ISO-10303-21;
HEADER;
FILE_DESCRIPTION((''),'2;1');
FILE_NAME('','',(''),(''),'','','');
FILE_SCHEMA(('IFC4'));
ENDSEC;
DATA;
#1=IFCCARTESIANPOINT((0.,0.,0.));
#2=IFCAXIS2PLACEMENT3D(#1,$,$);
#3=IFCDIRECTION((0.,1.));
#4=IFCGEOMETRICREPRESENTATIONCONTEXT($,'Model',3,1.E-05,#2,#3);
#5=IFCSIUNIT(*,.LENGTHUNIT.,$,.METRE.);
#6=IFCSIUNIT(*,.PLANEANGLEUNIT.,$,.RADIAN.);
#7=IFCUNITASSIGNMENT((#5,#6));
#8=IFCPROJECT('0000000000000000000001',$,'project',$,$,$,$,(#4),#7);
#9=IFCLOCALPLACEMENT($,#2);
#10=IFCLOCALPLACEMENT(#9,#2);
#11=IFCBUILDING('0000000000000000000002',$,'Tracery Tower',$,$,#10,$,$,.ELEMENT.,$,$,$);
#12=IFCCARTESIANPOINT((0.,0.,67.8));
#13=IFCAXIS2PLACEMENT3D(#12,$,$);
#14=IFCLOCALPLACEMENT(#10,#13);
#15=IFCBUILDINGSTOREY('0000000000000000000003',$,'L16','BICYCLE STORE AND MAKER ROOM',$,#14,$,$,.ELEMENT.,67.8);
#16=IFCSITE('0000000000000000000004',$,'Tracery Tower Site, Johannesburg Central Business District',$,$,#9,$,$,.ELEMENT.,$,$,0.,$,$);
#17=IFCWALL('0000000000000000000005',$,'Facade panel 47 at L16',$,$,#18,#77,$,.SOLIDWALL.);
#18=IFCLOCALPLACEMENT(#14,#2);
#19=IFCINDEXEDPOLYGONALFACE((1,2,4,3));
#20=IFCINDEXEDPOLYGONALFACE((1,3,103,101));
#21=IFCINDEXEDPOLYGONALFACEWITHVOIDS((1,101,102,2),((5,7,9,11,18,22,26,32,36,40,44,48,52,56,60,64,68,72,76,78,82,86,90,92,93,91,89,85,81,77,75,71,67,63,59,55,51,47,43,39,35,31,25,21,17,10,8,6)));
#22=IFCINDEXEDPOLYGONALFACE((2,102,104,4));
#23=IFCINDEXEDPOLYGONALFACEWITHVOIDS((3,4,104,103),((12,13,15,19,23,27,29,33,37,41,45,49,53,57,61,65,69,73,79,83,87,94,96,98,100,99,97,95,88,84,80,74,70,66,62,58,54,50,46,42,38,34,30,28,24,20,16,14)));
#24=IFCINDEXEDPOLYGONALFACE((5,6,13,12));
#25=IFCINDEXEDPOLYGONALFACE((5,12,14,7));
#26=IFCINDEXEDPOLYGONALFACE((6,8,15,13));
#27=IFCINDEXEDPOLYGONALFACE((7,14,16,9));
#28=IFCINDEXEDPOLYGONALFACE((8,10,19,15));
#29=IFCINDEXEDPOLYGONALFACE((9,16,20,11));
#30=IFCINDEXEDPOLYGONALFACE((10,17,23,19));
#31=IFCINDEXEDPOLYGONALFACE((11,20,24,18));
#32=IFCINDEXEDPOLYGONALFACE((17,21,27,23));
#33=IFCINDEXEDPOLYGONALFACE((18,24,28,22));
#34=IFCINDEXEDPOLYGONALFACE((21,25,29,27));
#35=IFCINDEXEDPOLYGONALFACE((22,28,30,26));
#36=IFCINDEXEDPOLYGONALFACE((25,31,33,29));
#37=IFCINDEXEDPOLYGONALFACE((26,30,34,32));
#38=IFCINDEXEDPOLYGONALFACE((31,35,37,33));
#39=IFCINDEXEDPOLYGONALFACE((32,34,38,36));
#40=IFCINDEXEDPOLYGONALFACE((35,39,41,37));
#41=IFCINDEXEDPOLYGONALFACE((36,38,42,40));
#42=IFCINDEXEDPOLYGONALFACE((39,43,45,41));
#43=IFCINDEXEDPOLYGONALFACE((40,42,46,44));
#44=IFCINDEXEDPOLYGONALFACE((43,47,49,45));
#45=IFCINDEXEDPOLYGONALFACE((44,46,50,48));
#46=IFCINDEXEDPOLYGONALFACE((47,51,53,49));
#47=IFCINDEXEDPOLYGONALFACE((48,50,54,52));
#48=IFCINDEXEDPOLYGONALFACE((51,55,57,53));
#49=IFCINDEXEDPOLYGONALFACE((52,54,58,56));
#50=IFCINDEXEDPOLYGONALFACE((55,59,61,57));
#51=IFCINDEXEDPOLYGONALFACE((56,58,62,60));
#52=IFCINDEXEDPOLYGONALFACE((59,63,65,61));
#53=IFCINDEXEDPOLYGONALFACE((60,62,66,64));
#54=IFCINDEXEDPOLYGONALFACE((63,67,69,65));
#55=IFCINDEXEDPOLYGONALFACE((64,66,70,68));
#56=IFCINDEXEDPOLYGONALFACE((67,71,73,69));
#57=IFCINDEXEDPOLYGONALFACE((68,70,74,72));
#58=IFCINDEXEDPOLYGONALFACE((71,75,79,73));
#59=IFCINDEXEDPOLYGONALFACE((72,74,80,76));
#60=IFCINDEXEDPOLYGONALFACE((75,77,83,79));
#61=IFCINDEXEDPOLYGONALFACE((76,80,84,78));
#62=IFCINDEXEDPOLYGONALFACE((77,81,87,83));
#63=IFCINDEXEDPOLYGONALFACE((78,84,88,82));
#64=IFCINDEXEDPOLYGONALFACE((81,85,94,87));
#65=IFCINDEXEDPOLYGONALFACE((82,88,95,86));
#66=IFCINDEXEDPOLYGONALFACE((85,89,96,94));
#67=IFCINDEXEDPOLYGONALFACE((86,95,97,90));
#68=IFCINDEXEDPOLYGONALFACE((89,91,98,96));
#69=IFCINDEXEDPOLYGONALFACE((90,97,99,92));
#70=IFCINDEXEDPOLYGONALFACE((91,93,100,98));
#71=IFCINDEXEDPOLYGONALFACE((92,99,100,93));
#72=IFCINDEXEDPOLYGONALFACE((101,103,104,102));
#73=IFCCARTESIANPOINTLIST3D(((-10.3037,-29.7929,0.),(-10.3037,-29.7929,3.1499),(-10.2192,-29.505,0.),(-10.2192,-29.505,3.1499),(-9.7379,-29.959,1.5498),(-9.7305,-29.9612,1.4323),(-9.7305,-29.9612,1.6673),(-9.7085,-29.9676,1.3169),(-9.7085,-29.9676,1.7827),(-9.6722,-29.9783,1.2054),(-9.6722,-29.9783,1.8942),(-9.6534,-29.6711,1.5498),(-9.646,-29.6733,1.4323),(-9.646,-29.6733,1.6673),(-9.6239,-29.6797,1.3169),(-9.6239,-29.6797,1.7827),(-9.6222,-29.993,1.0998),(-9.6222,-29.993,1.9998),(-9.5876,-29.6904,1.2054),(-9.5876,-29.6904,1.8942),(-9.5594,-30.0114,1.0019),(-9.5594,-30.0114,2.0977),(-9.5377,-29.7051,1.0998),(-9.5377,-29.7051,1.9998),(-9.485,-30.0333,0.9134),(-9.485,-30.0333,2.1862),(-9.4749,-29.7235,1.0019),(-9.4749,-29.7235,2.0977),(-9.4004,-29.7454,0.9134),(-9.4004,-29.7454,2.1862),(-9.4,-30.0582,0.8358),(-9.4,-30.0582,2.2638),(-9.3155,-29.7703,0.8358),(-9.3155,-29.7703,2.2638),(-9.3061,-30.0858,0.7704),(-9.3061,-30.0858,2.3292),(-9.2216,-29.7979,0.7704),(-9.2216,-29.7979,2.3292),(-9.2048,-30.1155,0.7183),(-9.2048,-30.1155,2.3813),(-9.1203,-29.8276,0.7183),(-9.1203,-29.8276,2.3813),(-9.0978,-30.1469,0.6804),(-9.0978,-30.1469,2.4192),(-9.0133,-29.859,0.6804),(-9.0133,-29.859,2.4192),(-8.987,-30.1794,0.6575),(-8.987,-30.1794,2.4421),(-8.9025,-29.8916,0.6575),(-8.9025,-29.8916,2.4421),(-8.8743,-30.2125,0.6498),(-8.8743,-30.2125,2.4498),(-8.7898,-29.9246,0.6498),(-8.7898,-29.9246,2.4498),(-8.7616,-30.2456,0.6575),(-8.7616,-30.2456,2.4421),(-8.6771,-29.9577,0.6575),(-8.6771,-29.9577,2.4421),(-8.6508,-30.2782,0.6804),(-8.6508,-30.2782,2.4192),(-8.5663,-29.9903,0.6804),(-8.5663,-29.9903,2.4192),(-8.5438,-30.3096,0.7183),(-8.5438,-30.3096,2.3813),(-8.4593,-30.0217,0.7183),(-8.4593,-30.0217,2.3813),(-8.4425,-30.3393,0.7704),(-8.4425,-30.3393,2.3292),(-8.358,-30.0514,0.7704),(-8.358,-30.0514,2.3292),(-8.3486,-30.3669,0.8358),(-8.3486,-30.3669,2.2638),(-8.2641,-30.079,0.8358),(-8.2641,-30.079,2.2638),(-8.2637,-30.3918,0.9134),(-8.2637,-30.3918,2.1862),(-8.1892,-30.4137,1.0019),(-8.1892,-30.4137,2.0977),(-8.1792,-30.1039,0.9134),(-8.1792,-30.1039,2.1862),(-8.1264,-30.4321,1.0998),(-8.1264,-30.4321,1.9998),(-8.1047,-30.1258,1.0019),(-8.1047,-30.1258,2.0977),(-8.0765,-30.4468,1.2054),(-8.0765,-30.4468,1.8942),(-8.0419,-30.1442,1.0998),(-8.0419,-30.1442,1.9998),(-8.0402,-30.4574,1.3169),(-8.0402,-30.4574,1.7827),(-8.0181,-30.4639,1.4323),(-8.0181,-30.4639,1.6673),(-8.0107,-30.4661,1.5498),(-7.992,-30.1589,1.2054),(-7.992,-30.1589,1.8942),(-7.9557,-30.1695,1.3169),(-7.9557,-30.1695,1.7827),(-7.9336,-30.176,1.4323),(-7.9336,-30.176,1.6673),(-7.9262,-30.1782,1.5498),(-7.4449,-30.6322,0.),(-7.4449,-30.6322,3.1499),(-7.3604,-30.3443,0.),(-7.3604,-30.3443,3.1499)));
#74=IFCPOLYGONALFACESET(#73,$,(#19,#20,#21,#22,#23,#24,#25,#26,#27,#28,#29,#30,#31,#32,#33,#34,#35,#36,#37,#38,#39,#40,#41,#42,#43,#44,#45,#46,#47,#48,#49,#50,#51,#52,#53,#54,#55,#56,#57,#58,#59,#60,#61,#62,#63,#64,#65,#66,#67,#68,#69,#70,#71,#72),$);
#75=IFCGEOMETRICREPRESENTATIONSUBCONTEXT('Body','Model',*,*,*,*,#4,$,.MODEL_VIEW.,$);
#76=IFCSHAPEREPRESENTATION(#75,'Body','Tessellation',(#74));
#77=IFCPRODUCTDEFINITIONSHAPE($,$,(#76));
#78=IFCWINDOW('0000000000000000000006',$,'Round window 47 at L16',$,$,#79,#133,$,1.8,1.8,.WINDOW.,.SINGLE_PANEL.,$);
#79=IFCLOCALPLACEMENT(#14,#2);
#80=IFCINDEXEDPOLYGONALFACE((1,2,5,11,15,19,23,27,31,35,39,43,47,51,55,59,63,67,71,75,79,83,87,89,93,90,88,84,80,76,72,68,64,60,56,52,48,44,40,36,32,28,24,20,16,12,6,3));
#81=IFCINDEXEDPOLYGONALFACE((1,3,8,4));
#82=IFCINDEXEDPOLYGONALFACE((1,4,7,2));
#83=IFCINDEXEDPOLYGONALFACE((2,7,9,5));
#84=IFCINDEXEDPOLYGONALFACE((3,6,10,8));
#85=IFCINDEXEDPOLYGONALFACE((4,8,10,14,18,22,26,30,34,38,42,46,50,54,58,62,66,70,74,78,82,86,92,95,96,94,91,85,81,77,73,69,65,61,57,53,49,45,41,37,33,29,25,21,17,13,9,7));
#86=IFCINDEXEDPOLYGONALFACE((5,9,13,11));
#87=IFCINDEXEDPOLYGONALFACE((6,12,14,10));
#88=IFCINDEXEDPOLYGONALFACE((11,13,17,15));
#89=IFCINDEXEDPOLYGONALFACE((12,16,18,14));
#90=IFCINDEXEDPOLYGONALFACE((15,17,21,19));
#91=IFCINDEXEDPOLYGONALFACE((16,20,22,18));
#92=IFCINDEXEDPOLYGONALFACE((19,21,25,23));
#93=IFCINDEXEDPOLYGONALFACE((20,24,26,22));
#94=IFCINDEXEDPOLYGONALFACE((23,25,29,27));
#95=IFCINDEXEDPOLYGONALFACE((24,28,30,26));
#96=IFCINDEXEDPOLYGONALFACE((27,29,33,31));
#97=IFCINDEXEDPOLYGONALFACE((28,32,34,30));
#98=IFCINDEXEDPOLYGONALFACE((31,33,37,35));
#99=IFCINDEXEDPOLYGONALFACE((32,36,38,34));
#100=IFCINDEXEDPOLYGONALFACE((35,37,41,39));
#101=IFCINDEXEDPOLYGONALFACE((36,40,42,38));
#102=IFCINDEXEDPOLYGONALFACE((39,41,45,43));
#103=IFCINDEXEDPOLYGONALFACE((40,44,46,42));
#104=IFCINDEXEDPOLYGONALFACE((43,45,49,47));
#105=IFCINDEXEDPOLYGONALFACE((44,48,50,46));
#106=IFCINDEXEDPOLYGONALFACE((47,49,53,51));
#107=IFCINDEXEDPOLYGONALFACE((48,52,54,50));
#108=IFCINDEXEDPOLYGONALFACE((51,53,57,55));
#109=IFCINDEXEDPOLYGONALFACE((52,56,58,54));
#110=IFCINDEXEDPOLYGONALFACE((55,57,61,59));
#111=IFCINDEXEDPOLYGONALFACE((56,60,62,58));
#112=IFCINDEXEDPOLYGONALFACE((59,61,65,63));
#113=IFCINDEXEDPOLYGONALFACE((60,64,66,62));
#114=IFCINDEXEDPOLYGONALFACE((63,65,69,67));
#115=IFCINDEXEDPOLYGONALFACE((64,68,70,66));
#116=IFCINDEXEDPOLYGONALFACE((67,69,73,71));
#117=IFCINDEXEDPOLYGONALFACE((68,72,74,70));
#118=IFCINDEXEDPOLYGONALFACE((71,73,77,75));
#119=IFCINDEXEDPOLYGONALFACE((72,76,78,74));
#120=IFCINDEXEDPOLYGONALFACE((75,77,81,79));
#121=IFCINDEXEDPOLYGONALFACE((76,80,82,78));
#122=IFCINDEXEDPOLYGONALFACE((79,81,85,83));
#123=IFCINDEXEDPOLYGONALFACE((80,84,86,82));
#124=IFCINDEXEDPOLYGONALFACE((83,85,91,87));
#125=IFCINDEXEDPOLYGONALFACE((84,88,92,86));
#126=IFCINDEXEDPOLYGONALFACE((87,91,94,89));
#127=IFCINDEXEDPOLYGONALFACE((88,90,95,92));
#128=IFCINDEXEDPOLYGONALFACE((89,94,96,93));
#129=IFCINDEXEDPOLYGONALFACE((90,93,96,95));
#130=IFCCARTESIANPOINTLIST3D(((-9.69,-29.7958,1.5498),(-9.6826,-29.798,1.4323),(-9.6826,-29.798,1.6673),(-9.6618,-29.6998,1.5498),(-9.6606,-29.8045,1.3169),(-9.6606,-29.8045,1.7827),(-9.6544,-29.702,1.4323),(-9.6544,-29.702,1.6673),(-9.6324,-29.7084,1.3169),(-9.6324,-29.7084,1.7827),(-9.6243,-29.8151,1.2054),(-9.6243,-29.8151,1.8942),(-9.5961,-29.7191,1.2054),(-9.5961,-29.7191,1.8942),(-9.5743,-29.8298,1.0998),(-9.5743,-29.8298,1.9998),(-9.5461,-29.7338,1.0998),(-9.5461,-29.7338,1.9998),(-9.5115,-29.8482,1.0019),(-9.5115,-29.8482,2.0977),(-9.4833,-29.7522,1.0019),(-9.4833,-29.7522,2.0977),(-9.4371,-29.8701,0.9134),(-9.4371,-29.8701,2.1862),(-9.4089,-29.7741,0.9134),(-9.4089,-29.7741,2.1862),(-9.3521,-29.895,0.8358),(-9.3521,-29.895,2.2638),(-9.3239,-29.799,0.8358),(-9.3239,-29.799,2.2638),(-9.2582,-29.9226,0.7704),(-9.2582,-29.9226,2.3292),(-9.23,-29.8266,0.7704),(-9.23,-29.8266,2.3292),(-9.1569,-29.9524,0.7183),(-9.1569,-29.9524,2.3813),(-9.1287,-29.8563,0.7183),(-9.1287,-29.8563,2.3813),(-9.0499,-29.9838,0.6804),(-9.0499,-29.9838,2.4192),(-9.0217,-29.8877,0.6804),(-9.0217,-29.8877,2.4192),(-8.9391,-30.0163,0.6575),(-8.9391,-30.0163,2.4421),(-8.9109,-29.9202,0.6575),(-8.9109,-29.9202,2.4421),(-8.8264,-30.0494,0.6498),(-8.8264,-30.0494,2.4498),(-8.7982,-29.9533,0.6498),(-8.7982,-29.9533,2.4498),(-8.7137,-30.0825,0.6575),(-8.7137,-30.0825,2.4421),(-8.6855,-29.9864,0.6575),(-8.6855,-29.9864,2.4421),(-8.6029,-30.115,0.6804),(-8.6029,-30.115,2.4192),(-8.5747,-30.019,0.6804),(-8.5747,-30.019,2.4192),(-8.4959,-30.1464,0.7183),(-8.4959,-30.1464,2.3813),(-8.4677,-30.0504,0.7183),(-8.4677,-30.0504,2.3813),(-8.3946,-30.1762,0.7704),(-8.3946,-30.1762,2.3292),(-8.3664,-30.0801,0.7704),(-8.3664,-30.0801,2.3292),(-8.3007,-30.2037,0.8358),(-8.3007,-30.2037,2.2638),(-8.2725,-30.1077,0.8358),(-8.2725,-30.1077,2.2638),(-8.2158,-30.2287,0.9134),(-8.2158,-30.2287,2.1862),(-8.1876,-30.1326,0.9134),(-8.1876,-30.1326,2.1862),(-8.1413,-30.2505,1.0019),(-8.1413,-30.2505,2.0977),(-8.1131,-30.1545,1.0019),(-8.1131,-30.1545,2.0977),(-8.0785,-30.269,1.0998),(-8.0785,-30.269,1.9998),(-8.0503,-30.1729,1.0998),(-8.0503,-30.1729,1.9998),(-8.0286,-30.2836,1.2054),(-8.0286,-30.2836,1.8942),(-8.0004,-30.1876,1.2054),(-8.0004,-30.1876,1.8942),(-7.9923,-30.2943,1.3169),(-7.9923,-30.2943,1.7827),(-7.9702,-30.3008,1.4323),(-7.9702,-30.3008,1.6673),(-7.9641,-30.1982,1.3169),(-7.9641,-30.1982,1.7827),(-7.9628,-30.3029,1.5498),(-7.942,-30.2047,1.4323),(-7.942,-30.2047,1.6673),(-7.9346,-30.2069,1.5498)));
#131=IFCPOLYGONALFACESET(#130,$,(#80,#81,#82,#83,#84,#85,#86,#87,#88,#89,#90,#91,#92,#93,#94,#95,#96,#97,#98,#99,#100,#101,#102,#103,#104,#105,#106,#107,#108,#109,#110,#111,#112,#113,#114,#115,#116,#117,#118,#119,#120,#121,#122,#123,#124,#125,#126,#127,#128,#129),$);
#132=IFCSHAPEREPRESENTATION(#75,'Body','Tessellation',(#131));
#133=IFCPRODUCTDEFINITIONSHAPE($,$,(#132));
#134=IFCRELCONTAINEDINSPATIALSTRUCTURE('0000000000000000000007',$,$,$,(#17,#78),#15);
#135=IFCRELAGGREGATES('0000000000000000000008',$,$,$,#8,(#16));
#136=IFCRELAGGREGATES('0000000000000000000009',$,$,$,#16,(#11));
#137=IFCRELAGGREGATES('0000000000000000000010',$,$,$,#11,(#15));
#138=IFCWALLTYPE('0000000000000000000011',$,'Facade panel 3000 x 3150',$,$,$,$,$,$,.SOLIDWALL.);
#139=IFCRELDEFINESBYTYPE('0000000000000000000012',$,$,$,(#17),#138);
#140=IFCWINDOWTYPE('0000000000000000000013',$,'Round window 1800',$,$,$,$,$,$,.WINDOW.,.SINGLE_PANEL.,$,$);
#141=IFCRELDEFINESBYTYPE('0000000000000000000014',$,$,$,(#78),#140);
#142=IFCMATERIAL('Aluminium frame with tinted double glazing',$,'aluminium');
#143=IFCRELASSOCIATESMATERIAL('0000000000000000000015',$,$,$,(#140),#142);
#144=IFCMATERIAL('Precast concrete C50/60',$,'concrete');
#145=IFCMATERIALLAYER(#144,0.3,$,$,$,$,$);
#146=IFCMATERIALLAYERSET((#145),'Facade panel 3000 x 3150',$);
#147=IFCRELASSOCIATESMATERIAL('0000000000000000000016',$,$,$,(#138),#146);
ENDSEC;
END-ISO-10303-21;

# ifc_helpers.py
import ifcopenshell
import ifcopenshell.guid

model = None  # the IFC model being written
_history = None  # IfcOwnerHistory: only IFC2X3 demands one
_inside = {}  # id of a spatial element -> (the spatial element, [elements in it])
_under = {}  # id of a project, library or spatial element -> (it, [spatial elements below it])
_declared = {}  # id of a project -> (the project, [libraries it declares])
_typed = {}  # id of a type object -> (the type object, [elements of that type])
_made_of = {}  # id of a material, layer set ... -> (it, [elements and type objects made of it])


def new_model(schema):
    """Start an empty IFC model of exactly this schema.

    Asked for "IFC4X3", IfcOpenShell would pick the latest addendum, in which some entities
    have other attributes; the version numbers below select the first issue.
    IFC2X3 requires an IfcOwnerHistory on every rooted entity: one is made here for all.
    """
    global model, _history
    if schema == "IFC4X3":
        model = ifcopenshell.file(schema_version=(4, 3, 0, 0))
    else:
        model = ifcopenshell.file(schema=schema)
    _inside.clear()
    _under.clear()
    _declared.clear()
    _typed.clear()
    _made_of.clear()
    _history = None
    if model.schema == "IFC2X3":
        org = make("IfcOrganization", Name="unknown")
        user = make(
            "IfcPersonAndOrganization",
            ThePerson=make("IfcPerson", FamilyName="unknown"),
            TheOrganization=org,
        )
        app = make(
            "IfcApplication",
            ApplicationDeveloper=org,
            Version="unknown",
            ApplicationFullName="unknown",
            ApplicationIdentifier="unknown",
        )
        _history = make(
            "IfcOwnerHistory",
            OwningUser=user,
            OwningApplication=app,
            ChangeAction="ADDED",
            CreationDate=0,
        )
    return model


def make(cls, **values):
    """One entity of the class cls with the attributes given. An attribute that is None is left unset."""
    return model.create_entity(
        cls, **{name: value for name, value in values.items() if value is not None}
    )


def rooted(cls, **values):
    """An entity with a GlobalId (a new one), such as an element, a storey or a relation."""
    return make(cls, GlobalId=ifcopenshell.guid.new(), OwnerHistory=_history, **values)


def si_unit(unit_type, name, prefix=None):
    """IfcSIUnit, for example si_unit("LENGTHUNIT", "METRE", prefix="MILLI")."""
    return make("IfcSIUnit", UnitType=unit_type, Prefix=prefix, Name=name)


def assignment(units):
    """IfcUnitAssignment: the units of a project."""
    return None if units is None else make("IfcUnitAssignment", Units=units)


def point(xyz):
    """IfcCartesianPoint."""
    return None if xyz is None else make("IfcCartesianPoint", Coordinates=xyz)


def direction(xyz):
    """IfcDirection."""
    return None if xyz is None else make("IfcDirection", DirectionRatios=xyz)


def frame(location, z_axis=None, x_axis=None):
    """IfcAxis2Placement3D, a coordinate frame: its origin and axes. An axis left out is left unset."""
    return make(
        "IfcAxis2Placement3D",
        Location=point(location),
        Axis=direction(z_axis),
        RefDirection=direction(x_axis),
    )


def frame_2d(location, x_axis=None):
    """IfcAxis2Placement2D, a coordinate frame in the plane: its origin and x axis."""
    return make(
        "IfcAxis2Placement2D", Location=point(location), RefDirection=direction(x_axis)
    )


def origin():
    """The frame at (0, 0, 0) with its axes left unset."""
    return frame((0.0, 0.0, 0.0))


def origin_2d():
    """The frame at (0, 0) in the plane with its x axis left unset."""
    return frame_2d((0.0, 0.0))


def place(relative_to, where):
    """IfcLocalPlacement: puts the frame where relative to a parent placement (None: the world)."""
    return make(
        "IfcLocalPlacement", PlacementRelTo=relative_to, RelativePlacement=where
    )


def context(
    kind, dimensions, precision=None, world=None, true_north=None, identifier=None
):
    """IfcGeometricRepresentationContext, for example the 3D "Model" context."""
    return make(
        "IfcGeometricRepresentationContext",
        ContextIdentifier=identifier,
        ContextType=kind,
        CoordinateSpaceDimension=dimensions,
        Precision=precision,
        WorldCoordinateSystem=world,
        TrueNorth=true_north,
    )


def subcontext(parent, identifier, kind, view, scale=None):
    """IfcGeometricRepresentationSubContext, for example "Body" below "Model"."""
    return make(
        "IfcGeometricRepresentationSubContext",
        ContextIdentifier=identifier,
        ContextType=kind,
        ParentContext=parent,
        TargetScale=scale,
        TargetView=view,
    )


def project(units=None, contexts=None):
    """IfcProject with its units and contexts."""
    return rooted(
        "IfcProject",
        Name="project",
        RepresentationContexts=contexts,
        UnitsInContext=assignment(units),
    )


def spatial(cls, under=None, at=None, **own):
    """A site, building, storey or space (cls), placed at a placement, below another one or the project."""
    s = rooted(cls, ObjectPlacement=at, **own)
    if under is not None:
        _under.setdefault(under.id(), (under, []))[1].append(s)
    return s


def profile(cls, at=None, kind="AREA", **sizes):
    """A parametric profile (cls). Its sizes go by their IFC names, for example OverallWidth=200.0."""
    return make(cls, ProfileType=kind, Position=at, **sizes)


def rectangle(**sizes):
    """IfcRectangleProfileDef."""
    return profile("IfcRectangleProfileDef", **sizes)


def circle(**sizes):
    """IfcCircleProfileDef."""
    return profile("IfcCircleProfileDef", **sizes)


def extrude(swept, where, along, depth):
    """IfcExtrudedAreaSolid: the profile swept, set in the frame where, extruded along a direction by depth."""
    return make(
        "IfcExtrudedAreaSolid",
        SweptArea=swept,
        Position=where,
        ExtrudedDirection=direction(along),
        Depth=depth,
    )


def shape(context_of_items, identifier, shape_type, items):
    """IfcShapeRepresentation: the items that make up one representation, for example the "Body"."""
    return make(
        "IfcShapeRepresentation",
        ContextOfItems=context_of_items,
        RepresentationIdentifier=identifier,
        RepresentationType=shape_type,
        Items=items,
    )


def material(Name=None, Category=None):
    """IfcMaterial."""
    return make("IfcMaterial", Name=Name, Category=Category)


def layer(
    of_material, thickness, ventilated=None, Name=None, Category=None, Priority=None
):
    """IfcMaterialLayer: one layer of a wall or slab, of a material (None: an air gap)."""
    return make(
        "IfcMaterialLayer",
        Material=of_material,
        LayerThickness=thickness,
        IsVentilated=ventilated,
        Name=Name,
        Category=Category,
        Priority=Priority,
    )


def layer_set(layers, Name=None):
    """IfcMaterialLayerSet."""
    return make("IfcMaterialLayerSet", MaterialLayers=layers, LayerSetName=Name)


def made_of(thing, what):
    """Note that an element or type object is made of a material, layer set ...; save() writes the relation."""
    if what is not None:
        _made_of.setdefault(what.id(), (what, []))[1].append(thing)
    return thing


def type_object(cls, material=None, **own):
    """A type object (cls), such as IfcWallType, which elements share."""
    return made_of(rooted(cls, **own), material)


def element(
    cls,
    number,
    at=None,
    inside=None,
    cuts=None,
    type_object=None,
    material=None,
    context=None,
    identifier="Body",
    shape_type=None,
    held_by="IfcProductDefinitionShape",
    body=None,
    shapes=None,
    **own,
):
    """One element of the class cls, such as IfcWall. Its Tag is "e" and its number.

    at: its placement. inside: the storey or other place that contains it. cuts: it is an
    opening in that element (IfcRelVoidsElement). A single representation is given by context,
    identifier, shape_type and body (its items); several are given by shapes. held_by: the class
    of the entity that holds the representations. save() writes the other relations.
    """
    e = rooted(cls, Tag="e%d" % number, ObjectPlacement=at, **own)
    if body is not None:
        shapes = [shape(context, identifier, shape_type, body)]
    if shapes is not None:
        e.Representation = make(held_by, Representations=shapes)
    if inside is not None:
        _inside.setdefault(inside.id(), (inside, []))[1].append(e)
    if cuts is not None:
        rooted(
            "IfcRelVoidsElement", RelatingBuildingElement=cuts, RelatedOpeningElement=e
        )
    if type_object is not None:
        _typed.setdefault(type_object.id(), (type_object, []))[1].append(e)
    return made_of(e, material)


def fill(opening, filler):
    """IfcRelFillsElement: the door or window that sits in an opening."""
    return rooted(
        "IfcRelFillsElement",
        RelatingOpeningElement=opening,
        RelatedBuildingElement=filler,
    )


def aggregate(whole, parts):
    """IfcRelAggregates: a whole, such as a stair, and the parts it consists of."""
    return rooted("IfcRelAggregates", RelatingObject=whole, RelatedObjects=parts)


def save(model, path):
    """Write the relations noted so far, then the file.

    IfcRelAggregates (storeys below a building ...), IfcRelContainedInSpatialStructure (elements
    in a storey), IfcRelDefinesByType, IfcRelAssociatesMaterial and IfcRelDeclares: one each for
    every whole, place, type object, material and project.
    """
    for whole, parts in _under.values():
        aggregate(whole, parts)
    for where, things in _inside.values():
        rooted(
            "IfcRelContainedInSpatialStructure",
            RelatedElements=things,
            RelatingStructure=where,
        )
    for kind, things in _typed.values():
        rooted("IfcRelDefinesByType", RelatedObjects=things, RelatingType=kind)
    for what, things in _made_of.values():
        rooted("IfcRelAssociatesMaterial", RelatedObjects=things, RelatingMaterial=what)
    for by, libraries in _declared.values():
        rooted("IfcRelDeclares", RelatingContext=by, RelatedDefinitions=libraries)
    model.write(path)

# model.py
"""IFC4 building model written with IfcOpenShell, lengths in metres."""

from ifc_helpers import new_model, si_unit, direction, frame, frame_2d, origin, origin_2d, place, context, subcontext, project, spatial, rectangle, circle, extrude, material, layer, layer_set, type_object, element, fill, save


model = new_model("IFC4")

# Units and contexts
model_context = context("Model", 3, precision=1e-05, world=origin(), true_north=direction((0.0, 1.0)))
body_context = subcontext(model_context, "Body", "Model", "MODEL_VIEW")
ifc_project = project(units=[si_unit("LENGTHUNIT", "METRE"), si_unit("PLANEANGLEUNIT", "RADIAN")], contexts=[model_context])

# Site, building, storey
site_placement = place(None, origin())
site = spatial("IfcSite", under=ifc_project, at=site_placement, Name="Tracery Tower Site, Johannesburg Central Business District", CompositionType="ELEMENT", RefElevation=0.0)
building_placement = place(site_placement, origin())
building = spatial("IfcBuilding", under=site, at=building_placement, Name="Tracery Tower", CompositionType="ELEMENT")
storey_placement = place(building_placement, frame((0.0, 0.0, 67.8)))
storey = spatial("IfcBuildingStorey", under=building, at=storey_placement, Name="L16", Description="BICYCLE STORE AND MAKER ROOM", CompositionType="ELEMENT", Elevation=67.8)

# Wall, opening, window
ifc_material_1 = material(Name="Aluminium frame with tinted double glazing", Category="aluminium")
window_type = type_object("IfcWindowType", Name="Round window 1800", PartitioningType="SINGLE_PANEL", PredefinedType="WINDOW", material=ifc_material_1)
ifc_material_2 = material(Name="Precast concrete C50/60", Category="concrete")
ifc_layer_1 = layer(ifc_material_2, 0.3)
ifc_layer_set_1 = layer_set([ifc_layer_1], Name="Facade panel 3000 x 3150")
wall_type_1 = type_object("IfcWallType", Name="Facade panel 3000 x 3150", PredefinedType="SOLIDWALL", material=ifc_layer_set_1)
wall_1_placement = place(storey_placement, frame((-10.2615, -29.6489, 0.0), z_axis=(0.0, 0.0, 1.0), x_axis=(0.959501, -0.281705, 0.0)))
wall_1 = element("IfcWall", 1, at=wall_1_placement, inside=storey, type_object=wall_type_1, Name="Facade panel 47 at L16", PredefinedType="SOLIDWALL", context=body_context, shape_type="SweptSolid", body=[
    extrude(rectangle(XDim=2.9795, YDim=0.3, at=frame_2d((1.4897, 0.0))), origin(), (0.0, 0.0, 1.0), 3.1499),
])
opening_1_placement = place(wall_1_placement, frame((1.4897, 0.0, 1.5498)))
opening_1 = element("IfcOpeningElement", 2, at=opening_1_placement, cuts=wall_1, PredefinedType="OPENING", context=body_context, shape_type="SweptSolid", body=[
    extrude(circle(Radius=0.9, at=origin_2d()), frame((0.0, 0.1599, 0.0), z_axis=(0.0, -1.0, 0.0), x_axis=(1.0, 0.0, 0.0)), (0.0, 0.0, 1.0), 0.3201),
])
window_1_placement = place(opening_1_placement, origin())
window_1 = element("IfcWindow", 3, at=window_1_placement, inside=storey, type_object=window_type, Name="Round window 47 at L16", OverallHeight=1.8, OverallWidth=1.8, PartitioningType="SINGLE_PANEL", PredefinedType="WINDOW", context=body_context, shape_type="SweptSolid", body=[
    extrude(circle(Radius=0.9, at=origin_2d()), frame((0.0, 0.1201, 0.0), z_axis=(0.0, -1.0, 0.0), x_axis=(1.0, 0.0, 0.0)), (0.0, 0.0, 1.0), 0.1001),
])
fill(opening_1, window_1)

save(model, "model.ifc")
